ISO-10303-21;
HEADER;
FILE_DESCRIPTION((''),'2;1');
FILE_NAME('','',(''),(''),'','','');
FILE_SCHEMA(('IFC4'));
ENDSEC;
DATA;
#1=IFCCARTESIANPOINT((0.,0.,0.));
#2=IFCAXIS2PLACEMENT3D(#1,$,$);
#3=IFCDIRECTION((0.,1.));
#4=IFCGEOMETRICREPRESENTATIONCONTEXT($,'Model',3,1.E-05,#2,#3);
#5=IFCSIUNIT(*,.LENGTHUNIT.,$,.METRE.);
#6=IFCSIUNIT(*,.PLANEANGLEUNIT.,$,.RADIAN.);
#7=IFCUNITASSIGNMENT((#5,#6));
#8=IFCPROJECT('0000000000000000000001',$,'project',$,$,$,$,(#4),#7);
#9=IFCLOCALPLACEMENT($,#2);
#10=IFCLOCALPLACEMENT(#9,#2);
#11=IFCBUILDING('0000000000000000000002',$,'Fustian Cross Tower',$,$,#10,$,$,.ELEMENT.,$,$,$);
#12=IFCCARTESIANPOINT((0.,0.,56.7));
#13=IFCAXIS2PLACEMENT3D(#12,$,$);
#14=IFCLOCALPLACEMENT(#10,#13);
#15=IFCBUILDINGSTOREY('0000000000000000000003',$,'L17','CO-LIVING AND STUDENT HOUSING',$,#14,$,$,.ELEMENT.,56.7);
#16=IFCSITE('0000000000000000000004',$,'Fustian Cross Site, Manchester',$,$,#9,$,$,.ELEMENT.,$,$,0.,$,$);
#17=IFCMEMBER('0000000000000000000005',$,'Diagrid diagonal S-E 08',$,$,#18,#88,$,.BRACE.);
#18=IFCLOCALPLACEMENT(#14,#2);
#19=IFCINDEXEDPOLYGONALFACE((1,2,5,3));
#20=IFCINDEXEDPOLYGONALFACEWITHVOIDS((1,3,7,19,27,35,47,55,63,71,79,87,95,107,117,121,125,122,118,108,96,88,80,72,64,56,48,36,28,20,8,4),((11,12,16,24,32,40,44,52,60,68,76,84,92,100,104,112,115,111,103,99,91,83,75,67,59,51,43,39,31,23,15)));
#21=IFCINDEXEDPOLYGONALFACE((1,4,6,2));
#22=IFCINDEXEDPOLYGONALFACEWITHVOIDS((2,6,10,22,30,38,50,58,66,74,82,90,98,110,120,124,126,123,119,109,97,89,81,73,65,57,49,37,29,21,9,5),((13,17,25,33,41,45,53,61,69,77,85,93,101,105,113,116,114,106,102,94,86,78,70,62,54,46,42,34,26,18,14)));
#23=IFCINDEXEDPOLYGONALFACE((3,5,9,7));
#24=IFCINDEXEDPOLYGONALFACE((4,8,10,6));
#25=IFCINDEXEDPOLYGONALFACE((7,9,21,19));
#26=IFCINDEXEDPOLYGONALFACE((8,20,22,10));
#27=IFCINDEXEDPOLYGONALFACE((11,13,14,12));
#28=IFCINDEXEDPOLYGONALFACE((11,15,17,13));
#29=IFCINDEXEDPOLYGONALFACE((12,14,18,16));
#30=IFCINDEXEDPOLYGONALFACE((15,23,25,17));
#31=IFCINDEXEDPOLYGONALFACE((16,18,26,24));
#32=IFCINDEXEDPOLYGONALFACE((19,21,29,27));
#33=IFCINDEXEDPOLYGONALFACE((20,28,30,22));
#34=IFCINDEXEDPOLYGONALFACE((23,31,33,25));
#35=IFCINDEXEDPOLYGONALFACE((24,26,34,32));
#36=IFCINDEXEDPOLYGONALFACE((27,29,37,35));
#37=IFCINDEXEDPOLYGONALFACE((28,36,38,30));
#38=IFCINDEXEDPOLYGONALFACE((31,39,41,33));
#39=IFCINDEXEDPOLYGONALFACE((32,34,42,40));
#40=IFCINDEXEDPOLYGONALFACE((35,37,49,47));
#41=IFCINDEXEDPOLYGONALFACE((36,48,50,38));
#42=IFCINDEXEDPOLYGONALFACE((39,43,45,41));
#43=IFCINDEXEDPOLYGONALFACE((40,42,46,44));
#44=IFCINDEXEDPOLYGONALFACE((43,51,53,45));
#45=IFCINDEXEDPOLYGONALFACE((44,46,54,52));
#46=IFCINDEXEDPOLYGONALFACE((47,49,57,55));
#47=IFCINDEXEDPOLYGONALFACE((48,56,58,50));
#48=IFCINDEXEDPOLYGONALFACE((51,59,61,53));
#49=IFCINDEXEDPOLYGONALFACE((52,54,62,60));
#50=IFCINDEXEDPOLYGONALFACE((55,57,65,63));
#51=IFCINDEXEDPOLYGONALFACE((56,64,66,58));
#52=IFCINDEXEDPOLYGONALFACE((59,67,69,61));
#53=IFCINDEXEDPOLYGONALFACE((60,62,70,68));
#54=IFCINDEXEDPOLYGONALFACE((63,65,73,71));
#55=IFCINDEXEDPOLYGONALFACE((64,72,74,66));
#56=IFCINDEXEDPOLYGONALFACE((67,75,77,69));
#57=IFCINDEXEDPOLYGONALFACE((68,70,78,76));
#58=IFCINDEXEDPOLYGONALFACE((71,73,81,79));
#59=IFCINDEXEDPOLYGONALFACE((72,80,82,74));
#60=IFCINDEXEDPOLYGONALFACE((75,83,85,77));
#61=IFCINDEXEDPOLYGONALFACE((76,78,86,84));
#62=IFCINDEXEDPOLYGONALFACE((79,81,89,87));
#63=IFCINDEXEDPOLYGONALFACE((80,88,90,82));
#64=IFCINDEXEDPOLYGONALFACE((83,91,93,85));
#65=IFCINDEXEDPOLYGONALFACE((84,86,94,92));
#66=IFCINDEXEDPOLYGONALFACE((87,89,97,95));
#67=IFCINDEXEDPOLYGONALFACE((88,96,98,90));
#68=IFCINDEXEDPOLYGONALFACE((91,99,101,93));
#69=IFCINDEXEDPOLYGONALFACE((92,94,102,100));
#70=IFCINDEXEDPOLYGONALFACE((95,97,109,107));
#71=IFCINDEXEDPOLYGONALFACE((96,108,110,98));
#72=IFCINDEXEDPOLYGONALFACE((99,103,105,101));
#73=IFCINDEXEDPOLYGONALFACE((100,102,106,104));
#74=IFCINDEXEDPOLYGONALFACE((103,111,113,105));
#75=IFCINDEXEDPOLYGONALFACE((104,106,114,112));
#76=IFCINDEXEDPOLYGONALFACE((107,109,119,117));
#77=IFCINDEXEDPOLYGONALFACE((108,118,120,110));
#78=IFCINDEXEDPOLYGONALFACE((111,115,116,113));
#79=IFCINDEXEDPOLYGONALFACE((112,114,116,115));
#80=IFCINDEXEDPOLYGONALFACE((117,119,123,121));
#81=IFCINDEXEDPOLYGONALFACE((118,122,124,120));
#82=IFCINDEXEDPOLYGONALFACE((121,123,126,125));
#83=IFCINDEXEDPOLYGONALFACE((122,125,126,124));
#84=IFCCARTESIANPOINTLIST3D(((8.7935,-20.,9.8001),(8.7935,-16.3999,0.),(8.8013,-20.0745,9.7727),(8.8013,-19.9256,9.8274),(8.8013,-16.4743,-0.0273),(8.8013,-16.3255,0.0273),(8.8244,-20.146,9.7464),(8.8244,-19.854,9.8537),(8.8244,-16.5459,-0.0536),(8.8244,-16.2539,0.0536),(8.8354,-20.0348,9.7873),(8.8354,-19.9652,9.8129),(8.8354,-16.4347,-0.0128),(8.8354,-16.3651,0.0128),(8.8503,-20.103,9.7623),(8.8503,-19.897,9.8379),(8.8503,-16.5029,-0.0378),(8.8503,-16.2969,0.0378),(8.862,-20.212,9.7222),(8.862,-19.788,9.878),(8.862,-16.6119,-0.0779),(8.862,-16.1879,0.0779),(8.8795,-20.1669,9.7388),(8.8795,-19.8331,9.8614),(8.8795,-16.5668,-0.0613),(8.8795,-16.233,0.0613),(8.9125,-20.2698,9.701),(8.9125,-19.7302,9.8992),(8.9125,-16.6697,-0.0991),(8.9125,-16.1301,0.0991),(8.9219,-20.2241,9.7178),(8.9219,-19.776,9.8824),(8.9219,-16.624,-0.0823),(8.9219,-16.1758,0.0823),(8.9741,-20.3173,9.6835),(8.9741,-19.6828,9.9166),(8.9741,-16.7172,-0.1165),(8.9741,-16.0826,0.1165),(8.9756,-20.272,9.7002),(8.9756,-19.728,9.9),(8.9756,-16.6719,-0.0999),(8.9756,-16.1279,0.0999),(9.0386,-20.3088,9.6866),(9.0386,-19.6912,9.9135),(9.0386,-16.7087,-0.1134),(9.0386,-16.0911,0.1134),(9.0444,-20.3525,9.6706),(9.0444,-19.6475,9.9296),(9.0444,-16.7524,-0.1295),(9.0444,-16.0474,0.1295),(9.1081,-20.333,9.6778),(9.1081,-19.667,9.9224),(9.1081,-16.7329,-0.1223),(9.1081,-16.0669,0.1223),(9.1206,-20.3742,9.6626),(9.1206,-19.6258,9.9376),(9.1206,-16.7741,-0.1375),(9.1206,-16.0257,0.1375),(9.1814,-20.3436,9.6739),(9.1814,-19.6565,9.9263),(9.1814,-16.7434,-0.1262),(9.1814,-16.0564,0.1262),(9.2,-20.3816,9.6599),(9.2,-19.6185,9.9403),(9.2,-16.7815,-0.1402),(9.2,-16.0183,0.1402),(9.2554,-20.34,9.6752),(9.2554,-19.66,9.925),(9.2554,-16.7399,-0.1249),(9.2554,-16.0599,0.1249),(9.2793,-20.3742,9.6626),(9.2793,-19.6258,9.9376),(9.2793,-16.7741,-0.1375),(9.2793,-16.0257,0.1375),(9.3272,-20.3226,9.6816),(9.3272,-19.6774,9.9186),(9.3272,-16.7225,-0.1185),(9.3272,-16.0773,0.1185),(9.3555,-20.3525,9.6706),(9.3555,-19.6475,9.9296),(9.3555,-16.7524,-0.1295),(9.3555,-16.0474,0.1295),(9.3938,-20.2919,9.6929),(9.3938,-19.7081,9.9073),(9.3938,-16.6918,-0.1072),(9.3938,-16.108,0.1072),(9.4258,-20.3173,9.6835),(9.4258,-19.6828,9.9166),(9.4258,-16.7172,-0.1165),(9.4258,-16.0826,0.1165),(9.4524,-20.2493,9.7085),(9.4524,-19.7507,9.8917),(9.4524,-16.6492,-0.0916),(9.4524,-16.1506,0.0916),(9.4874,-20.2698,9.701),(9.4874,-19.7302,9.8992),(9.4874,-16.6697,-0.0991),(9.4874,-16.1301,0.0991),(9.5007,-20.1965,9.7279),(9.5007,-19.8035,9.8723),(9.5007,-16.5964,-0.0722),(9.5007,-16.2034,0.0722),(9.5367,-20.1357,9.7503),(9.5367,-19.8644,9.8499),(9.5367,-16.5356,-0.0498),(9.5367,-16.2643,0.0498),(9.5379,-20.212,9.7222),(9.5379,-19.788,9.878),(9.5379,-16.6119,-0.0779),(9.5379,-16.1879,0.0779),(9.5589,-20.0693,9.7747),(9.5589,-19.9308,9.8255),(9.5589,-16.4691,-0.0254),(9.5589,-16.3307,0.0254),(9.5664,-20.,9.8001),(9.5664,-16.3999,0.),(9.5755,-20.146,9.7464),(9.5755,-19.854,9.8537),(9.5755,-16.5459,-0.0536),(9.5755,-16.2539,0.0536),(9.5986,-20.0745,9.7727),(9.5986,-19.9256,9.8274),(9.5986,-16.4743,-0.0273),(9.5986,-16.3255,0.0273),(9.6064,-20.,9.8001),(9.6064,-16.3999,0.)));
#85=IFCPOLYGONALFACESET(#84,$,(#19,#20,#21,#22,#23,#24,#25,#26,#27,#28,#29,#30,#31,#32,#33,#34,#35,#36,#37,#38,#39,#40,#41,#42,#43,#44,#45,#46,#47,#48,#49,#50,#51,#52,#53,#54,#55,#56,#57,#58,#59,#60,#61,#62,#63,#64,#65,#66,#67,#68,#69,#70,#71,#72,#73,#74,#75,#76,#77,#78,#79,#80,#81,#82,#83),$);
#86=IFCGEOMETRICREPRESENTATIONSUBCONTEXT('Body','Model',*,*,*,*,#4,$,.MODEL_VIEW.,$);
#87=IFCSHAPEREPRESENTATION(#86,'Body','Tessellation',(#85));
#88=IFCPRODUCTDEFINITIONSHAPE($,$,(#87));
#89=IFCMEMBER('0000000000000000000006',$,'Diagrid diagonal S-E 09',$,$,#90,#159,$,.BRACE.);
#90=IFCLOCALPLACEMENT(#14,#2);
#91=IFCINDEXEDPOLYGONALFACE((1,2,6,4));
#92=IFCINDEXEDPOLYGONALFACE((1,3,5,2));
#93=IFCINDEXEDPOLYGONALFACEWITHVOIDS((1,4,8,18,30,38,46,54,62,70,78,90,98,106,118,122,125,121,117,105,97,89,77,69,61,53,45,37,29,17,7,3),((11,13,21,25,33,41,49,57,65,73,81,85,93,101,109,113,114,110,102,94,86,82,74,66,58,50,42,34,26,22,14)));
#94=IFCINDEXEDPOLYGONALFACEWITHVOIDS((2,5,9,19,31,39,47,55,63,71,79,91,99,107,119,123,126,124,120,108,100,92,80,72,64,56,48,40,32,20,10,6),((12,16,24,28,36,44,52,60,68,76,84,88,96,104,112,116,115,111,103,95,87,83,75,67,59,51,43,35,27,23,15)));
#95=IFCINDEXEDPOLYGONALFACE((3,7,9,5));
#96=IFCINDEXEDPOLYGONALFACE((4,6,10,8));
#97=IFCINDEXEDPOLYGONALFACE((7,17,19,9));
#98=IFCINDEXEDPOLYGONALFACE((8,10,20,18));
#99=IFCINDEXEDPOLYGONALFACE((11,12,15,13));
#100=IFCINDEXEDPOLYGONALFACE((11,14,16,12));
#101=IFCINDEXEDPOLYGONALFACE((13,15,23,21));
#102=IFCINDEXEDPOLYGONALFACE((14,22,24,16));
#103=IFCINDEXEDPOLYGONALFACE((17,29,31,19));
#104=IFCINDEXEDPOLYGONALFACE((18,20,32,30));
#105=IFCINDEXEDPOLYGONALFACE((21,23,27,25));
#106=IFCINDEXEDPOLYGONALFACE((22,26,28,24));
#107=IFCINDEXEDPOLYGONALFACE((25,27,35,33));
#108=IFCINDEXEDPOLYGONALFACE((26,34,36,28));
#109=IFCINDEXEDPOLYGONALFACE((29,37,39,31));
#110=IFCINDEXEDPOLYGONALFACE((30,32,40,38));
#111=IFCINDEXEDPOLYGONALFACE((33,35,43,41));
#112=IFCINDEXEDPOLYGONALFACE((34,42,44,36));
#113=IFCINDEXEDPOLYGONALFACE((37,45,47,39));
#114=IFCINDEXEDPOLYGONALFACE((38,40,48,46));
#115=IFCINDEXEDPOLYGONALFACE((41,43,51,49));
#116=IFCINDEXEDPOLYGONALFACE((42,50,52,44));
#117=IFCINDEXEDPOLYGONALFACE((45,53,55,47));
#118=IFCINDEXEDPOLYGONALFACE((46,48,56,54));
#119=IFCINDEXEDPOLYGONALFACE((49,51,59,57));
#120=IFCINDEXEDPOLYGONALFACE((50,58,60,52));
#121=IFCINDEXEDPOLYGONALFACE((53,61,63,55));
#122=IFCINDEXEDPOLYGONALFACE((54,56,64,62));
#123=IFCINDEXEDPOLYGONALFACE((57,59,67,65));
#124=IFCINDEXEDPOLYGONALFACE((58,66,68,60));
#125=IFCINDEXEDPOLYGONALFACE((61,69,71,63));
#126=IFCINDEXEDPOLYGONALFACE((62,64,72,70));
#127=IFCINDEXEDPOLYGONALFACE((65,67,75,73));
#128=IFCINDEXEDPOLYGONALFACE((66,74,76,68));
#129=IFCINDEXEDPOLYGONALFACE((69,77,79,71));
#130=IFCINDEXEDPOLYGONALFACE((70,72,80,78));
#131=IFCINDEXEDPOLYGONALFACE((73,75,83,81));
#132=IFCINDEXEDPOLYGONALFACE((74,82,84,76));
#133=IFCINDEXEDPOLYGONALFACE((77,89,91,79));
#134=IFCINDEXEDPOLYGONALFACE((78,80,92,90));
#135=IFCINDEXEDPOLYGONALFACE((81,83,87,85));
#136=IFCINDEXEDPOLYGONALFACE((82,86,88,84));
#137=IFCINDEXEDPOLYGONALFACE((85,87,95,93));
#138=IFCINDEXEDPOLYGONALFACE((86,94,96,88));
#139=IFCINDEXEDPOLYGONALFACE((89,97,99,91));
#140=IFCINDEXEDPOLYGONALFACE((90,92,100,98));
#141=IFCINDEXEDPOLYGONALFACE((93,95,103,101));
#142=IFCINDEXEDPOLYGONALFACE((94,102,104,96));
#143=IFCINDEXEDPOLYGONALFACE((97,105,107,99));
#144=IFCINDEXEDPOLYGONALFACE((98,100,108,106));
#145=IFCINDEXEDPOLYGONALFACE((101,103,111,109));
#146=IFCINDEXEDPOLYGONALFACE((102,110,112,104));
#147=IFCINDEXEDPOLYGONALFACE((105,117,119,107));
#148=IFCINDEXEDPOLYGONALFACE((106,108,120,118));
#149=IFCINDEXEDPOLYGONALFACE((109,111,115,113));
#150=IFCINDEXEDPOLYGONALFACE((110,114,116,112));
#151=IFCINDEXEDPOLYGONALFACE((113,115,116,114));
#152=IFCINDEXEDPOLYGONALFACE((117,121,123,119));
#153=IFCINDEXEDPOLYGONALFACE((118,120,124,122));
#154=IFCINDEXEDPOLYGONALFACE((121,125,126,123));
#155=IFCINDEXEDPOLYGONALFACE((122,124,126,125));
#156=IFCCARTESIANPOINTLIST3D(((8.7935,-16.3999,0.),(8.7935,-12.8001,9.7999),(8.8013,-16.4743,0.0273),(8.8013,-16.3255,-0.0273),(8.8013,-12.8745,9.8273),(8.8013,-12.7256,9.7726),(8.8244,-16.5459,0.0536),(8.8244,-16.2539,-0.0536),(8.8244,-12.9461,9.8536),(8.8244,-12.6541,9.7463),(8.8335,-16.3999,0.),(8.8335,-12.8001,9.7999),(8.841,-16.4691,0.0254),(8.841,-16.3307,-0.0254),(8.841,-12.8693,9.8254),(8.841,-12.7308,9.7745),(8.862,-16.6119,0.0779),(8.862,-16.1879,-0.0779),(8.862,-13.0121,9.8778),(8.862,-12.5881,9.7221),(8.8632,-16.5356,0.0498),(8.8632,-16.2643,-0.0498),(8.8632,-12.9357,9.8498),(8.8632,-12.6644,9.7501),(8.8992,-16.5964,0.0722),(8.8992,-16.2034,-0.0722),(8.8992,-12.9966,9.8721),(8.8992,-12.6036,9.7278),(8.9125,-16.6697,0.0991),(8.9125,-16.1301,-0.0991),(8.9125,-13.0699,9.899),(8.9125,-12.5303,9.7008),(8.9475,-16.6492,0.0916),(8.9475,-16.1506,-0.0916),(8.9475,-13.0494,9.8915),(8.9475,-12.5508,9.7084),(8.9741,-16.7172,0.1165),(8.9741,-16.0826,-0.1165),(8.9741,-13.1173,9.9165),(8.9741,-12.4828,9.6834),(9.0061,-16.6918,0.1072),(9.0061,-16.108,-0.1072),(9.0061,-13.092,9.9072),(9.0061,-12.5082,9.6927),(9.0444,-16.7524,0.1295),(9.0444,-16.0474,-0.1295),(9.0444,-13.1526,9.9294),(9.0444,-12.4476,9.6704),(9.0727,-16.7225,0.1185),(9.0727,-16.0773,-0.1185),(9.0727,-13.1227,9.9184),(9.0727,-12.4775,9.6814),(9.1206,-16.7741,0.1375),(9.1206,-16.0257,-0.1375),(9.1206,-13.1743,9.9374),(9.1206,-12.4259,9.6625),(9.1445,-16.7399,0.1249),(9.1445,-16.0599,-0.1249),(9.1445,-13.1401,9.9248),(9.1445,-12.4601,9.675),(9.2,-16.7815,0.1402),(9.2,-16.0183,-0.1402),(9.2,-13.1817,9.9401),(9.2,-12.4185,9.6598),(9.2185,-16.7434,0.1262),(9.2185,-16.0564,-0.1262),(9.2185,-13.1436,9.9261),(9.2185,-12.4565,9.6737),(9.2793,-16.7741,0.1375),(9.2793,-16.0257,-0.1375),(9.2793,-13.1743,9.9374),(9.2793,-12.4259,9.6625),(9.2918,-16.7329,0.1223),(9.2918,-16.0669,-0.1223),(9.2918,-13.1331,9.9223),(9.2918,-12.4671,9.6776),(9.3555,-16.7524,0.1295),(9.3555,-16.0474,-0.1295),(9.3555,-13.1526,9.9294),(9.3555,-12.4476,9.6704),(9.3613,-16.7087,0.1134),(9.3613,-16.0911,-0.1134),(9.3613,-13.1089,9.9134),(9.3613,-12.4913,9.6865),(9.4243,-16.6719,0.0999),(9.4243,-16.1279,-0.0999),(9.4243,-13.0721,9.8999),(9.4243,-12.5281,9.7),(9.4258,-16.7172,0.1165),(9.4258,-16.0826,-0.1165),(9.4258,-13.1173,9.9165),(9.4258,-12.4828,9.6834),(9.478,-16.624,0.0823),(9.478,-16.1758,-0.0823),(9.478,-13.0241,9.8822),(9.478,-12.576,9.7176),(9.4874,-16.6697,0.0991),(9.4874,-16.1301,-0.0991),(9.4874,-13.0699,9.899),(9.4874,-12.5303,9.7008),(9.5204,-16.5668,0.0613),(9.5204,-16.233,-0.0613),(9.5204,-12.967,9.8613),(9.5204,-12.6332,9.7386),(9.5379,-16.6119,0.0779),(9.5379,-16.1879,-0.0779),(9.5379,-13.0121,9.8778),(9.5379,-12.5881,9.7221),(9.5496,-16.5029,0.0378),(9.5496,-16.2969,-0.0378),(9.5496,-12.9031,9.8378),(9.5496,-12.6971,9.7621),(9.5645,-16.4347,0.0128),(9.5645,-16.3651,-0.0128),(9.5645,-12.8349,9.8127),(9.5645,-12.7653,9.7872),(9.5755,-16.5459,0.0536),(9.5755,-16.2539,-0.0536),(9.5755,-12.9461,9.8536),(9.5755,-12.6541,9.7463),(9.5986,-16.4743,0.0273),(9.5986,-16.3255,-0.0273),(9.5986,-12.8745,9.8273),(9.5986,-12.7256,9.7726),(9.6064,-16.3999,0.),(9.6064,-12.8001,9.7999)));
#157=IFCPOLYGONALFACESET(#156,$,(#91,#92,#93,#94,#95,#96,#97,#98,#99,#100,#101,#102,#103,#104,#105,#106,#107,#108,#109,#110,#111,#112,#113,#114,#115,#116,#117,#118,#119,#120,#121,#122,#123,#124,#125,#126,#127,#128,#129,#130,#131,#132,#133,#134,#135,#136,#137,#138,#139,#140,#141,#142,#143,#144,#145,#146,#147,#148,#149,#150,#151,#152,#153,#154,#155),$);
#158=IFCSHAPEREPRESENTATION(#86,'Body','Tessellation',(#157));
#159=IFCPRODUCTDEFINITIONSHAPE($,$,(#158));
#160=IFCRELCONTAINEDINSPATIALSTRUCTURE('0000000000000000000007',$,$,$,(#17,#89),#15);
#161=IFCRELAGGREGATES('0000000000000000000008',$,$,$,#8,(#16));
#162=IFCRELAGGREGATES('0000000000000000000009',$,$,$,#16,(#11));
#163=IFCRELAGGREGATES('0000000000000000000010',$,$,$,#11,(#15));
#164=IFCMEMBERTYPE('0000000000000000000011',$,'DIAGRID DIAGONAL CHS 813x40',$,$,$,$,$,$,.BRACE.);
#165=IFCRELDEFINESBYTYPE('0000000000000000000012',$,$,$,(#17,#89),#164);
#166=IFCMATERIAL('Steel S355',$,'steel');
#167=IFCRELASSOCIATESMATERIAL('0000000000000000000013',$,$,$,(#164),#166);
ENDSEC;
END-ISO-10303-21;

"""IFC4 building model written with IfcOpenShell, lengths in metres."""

from ifc_helpers import new_model, si_unit, direction, frame, origin, origin_2d, place, context, subcontext, project, spatial, hollow_circle, extrude, material, material_profile, profile_set, type_object, element, save


model = new_model("IFC4")

# Units and contexts
model_context = context("Model", 3, precision=1e-05, world=origin(), true_north=direction((0.0, 1.0)))
body_context = subcontext(model_context, "Body", "Model", "MODEL_VIEW")
ifc_project = project(units=[si_unit("LENGTHUNIT", "METRE"), si_unit("PLANEANGLEUNIT", "RADIAN")], contexts=[model_context])

# Site, building, storey
site_placement = place(None, origin())
site = spatial("IfcSite", under=ifc_project, at=site_placement, Name="Fustian Cross Site, Manchester", CompositionType="ELEMENT", RefElevation=0.0)
building_placement = place(site_placement, origin())
building = spatial("IfcBuilding", under=site, at=building_placement, Name="Fustian Cross Tower", CompositionType="ELEMENT")
storey_placement = place(building_placement, frame((0.0, 0.0, 56.7)))
storey = spatial("IfcBuildingStorey", under=building, at=storey_placement, Name="L17", Description="CO-LIVING AND STUDENT HOUSING", CompositionType="ELEMENT", Elevation=56.7)

# Members
ifc_material_1 = material(Name="Steel S355", Category="steel")
ifc_material_profile_1 = material_profile(ifc_material_1, hollow_circle(Radius=0.4065, WallThickness=0.04, at=origin_2d()), Name="CHS 813x40")
ifc_profile_set_1 = profile_set([ifc_material_profile_1], Name="Steel S355")
member_type_1 = type_object("IfcMemberType", Name="DIAGRID DIAGONAL CHS 813x40", PredefinedType="BRACE", material=ifc_profile_set_1)
for number, where, z_axis, x_axis, name in (
    (1, (9.2, -16.3999, 0.0), (0.0, -0.344824, 0.938667), (1.0, 0.0, 0.0), "Diagrid diagonal S-E 08"),
):
    element("IfcMember", number, at=place(storey_placement, frame(where, z_axis=z_axis, x_axis=x_axis)), inside=storey, type_object=member_type_1, Name=name, PredefinedType="BRACE", context=body_context, shape_type="SweptSolid", body=[
        extrude(hollow_circle(Radius=0.4065, WallThickness=0.04, at=origin_2d()), origin(), (0.0, 0.0, 1.0), 10.4404),
    ])
member_1_placement = place(storey_placement, frame((9.2, -16.3999, 0.0), z_axis=(0.0, 0.344804, 0.938675), x_axis=(-1.0, 0.0, 0.0)))
element("IfcMember", 2, at=member_1_placement, inside=storey, type_object=member_type_1, Name="Diagrid diagonal S-E 09", PredefinedType="BRACE", context=body_context, shape_type="SweptSolid", body=[
    extrude(hollow_circle(Radius=0.4065, WallThickness=0.04, at=origin_2d()), origin(), (0.0, 0.0, 1.0), 10.4402),
])

save(model, "model.ifc")
